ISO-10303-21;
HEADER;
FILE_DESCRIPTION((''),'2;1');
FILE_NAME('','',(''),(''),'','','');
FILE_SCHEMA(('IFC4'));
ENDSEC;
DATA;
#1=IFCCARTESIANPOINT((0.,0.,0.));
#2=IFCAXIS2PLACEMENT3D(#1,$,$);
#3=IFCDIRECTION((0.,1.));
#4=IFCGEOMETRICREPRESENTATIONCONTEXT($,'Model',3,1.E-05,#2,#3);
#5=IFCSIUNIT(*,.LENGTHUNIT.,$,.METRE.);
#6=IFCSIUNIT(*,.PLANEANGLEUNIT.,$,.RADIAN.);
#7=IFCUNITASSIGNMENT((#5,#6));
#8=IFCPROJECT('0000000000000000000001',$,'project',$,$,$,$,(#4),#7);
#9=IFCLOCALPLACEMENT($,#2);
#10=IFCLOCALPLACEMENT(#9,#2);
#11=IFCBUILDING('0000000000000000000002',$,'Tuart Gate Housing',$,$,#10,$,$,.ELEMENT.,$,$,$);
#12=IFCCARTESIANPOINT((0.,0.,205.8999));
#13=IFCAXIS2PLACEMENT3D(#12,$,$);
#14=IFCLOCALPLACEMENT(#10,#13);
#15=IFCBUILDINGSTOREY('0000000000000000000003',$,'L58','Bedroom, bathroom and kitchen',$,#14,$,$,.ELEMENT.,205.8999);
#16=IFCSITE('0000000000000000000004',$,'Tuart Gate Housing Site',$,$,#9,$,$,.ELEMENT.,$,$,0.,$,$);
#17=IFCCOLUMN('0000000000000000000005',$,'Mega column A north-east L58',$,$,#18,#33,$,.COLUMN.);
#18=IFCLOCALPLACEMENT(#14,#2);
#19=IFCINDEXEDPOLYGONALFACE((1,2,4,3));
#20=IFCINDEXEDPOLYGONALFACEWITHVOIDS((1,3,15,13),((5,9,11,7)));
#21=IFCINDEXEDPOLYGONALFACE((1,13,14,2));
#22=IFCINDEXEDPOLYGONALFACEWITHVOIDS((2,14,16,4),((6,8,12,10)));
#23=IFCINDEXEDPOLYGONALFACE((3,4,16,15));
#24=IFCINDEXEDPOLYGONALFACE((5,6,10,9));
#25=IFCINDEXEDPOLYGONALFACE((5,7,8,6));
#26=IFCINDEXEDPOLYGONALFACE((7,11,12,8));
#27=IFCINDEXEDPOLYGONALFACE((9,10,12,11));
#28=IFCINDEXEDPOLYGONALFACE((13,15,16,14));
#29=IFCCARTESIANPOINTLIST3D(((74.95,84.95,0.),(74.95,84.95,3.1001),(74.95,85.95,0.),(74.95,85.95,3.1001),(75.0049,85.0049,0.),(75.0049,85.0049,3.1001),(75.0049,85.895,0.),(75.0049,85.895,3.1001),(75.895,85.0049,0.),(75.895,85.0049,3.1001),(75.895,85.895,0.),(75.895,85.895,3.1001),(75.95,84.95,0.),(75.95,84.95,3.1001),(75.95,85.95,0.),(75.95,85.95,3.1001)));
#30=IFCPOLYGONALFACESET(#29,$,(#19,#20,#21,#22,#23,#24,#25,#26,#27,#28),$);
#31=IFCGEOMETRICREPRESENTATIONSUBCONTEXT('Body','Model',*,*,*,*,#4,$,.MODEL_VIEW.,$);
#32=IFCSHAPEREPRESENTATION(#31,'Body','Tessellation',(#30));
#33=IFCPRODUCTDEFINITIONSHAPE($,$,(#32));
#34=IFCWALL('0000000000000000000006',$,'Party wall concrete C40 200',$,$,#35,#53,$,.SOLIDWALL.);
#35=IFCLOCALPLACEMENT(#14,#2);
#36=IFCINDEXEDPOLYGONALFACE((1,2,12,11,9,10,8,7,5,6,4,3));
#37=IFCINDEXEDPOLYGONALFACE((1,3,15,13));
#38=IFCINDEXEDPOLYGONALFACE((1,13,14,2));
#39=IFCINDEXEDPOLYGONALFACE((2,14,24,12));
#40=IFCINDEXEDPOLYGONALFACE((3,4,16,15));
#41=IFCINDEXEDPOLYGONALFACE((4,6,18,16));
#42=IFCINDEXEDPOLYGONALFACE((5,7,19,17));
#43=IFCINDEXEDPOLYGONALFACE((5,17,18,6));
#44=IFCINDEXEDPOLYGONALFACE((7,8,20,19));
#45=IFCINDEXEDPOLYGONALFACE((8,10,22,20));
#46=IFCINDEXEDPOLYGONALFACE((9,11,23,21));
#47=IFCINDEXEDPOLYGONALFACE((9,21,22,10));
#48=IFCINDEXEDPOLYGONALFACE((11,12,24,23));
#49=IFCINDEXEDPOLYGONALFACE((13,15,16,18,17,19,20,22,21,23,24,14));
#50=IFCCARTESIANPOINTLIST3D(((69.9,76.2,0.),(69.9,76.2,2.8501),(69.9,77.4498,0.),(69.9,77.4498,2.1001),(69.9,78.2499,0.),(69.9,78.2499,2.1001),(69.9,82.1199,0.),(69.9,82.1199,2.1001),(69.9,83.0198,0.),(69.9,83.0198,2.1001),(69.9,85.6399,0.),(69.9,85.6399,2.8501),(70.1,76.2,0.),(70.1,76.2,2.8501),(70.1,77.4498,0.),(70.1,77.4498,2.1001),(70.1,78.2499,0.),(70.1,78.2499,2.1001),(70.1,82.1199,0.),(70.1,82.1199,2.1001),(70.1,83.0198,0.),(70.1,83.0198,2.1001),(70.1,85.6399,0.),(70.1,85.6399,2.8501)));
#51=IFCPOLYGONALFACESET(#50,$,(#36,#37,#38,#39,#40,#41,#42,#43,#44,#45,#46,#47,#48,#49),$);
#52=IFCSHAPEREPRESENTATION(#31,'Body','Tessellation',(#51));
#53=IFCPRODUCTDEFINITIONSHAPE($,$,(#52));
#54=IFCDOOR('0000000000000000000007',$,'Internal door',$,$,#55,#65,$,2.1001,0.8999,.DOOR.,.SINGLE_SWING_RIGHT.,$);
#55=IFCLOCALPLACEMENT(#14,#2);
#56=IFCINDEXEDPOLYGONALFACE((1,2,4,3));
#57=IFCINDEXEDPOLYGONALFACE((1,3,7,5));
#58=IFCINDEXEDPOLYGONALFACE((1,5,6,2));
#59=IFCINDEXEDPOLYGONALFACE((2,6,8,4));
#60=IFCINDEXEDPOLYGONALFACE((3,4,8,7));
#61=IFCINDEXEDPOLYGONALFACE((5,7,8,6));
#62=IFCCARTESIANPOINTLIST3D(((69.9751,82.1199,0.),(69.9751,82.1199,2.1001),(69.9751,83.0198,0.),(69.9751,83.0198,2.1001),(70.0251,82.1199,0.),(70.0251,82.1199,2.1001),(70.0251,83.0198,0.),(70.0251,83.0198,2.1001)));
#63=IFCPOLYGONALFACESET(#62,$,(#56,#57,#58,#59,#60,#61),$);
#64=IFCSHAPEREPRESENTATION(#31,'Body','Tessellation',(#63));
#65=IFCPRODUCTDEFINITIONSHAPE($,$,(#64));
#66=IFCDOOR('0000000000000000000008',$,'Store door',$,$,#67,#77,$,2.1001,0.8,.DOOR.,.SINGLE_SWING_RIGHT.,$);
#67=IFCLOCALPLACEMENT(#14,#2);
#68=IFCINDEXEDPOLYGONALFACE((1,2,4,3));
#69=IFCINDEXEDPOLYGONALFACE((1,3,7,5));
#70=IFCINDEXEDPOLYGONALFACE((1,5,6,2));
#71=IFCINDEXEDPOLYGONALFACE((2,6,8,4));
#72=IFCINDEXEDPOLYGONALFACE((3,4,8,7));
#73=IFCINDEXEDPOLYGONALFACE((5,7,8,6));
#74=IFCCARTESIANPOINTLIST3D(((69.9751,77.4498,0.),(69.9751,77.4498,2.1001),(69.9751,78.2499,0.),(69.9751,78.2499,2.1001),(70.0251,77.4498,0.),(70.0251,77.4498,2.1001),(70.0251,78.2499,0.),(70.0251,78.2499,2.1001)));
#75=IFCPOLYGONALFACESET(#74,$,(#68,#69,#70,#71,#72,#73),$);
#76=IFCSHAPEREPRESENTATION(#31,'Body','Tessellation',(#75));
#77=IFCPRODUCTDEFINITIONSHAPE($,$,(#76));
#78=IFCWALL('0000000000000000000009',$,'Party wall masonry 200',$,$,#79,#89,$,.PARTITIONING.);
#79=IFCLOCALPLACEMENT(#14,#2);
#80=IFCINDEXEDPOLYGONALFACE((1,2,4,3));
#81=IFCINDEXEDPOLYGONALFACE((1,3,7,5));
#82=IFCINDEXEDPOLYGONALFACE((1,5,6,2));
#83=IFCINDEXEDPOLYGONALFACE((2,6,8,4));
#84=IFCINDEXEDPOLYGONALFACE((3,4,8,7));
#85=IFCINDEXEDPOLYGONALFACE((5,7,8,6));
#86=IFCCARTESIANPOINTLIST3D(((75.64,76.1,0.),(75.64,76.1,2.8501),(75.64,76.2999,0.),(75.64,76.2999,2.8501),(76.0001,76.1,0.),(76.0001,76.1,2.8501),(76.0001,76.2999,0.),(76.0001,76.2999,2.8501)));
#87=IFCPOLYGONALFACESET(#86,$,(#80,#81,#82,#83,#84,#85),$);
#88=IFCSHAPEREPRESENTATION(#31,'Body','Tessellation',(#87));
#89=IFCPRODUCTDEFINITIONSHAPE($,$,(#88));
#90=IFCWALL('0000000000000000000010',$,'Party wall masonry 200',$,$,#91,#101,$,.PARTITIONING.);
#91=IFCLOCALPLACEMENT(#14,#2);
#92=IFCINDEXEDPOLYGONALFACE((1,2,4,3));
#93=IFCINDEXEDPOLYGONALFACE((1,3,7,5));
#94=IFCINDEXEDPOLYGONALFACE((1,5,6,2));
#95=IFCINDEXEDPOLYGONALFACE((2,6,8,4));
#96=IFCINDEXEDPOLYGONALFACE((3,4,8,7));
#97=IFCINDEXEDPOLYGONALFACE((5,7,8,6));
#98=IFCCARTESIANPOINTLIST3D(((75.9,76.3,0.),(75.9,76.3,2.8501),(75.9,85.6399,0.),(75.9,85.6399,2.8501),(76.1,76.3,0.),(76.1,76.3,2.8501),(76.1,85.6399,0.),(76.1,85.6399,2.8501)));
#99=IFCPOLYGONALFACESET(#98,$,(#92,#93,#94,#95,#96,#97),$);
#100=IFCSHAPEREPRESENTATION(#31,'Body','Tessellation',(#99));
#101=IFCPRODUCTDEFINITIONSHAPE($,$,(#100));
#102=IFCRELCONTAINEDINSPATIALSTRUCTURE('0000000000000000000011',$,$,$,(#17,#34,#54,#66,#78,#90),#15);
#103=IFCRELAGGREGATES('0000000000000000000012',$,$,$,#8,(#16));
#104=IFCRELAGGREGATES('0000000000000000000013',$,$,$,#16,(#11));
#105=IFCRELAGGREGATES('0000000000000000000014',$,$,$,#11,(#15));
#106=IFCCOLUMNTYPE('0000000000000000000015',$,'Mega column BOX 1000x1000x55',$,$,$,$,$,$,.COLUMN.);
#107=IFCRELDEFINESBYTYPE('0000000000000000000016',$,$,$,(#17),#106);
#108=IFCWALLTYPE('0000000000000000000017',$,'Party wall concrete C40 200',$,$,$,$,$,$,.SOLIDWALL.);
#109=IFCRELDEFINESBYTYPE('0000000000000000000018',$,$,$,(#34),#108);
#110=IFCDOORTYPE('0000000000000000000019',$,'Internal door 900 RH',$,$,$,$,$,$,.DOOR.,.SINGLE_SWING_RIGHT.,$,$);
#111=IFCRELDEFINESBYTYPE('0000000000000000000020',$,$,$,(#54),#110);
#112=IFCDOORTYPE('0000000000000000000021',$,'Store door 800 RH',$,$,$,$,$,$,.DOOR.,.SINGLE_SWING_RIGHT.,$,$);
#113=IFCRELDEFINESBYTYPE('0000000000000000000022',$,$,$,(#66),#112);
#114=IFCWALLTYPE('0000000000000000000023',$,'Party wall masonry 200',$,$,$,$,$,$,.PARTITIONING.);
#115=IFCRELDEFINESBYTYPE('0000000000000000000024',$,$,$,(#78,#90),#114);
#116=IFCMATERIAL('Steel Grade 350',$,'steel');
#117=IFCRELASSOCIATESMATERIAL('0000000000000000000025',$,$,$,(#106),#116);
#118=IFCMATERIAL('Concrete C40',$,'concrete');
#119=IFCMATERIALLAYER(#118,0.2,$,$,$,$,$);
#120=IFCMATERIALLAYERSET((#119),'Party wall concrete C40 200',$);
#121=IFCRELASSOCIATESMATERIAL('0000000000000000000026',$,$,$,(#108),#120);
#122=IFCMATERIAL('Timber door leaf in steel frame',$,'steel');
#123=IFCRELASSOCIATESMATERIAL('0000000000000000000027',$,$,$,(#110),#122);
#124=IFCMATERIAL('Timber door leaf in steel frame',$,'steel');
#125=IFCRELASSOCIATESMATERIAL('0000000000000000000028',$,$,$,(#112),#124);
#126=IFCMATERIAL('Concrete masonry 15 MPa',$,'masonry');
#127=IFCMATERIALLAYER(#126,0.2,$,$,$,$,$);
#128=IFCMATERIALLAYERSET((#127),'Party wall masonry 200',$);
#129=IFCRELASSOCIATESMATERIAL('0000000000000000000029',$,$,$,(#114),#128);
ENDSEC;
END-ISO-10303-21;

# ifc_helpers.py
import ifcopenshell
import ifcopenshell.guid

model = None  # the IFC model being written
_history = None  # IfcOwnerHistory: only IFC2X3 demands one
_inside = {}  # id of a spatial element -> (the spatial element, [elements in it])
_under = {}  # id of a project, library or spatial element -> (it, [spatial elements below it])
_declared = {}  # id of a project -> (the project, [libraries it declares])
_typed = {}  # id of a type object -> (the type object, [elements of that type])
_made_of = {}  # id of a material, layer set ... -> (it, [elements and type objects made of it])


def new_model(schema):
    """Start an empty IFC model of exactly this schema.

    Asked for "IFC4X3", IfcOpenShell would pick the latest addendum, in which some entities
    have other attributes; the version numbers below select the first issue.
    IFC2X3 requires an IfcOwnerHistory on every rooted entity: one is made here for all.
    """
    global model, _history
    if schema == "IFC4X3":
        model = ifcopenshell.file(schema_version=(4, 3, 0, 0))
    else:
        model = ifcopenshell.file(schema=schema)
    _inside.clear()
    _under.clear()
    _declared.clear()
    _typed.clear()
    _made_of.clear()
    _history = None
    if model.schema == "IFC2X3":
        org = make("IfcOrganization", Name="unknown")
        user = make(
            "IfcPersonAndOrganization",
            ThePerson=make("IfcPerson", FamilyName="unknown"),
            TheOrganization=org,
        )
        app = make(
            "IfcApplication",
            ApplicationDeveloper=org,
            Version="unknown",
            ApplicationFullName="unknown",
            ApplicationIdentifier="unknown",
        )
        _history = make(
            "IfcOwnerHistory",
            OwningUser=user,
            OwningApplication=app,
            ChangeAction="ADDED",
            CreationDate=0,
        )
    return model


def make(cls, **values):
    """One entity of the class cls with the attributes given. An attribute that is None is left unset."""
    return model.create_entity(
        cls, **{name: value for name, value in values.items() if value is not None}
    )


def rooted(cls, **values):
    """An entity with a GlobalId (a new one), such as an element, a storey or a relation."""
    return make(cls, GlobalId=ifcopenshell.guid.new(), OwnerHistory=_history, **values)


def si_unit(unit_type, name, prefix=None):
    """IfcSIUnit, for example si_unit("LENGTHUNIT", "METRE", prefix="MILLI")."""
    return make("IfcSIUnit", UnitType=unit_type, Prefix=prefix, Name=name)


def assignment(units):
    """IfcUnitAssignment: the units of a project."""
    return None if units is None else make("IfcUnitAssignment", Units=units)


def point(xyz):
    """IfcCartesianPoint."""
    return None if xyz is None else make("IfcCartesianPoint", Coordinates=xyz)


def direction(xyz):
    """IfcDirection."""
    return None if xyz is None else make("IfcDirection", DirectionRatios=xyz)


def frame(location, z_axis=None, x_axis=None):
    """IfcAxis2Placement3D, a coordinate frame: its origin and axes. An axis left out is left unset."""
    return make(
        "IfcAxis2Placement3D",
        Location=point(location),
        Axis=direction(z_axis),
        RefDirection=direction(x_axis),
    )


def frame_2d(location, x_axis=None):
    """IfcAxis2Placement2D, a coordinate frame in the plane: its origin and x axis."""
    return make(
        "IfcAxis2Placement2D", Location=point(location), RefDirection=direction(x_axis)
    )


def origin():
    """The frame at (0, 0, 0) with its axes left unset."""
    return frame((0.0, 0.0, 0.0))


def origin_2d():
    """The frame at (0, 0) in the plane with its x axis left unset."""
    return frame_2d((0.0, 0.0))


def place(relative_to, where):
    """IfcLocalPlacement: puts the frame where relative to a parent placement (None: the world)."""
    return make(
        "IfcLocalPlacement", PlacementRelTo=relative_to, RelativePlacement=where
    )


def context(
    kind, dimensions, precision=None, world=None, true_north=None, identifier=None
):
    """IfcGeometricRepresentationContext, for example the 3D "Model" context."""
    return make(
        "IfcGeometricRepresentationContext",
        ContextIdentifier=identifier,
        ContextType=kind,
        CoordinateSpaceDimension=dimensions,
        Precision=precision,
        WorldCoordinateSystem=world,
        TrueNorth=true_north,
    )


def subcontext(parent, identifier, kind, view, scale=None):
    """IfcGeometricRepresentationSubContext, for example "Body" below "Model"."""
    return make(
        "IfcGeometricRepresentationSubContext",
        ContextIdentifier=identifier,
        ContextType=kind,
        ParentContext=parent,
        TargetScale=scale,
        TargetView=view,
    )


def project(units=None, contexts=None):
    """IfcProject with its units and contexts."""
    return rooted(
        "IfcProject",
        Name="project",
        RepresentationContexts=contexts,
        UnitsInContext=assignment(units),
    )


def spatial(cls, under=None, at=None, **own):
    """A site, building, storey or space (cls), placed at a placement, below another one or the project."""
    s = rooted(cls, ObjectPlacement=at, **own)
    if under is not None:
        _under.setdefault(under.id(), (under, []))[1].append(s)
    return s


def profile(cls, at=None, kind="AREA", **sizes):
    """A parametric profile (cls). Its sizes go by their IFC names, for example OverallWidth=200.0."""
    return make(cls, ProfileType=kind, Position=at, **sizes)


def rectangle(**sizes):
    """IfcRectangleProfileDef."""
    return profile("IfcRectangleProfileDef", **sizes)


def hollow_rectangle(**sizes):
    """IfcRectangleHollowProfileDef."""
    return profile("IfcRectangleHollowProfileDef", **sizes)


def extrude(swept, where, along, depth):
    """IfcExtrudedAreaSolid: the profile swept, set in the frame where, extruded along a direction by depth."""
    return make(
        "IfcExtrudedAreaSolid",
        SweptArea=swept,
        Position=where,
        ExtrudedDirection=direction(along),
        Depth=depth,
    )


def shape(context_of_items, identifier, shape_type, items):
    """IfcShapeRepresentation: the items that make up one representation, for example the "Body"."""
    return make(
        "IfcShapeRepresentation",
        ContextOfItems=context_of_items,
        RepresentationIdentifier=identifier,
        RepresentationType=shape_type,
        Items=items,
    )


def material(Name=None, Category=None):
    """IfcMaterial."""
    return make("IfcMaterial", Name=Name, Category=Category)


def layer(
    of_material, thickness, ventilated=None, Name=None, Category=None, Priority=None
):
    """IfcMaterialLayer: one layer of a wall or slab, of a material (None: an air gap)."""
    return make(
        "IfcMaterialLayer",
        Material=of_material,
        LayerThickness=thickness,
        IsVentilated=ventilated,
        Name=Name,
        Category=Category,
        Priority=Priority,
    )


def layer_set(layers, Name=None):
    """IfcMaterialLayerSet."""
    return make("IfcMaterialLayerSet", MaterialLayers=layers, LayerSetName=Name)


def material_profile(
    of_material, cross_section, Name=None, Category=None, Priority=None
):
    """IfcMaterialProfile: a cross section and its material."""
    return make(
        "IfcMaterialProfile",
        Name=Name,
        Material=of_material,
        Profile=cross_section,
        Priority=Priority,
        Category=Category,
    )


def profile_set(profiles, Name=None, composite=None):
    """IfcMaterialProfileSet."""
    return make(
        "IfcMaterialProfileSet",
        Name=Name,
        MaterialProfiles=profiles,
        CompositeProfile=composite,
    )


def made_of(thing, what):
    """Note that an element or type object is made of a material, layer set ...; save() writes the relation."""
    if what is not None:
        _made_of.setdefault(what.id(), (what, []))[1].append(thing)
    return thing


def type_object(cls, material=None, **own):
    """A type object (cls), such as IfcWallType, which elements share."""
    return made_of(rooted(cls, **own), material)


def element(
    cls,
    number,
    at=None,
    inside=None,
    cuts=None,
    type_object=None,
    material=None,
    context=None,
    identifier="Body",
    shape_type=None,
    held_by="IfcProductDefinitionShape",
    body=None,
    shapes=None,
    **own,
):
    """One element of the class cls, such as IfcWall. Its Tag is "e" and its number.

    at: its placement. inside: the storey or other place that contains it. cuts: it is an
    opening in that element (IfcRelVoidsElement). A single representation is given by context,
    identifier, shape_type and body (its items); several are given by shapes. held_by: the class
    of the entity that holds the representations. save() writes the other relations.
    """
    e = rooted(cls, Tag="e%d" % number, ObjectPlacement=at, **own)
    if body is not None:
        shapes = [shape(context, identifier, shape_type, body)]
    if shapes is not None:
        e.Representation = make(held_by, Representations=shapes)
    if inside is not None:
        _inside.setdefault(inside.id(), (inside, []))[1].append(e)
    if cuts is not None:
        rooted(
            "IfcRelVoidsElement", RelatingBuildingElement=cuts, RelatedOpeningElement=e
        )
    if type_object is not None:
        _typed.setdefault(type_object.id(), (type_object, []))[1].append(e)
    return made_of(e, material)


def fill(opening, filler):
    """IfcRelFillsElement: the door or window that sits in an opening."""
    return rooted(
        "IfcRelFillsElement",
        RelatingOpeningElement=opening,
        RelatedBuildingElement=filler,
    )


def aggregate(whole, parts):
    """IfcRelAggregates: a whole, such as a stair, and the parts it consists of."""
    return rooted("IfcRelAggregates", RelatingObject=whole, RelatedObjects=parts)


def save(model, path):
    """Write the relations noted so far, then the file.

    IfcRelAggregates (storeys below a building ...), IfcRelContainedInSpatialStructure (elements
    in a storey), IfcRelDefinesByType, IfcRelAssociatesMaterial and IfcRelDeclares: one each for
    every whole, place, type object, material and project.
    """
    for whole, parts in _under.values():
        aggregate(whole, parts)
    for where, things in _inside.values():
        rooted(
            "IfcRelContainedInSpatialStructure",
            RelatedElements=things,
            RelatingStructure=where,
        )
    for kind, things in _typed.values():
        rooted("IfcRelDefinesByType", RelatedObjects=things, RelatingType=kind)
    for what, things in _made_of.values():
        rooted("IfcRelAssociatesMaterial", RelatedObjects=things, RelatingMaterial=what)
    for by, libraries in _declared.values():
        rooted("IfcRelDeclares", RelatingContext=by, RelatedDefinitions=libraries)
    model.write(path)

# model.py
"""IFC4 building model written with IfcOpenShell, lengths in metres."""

from ifc_helpers import new_model, si_unit, direction, frame, frame_2d, origin, origin_2d, place, context, subcontext, project, spatial, rectangle, hollow_rectangle, extrude, material, layer, layer_set, material_profile, profile_set, type_object, element, fill, save


model = new_model("IFC4")

# Units and contexts
model_context = context("Model", 3, precision=1e-05, world=origin(), true_north=direction((0.0, 1.0)))
body_context = subcontext(model_context, "Body", "Model", "MODEL_VIEW")
ifc_project = project(units=[si_unit("LENGTHUNIT", "METRE"), si_unit("PLANEANGLEUNIT", "RADIAN")], contexts=[model_context])

# Site, building, storey
site_placement = place(None, origin())
site = spatial("IfcSite", under=ifc_project, at=site_placement, Name="Tuart Gate Housing Site", CompositionType="ELEMENT", RefElevation=0.0)
building_placement = place(site_placement, origin())
building = spatial("IfcBuilding", under=site, at=building_placement, Name="Tuart Gate Housing", CompositionType="ELEMENT")
storey_placement = place(building_placement, frame((0.0, 0.0, 205.8999)))
storey = spatial("IfcBuildingStorey", under=building, at=storey_placement, Name="L58", Description="Bedroom, bathroom and kitchen", CompositionType="ELEMENT", Elevation=205.8999)

# Column
ifc_material_1 = material(Name="Steel Grade 350", Category="steel")
ifc_material_profile = material_profile(ifc_material_1, hollow_rectangle(XDim=1.0, YDim=1.0, WallThickness=0.0549, at=origin_2d()), Name="BOX 1000x1000x55")
ifc_profile_set = profile_set([ifc_material_profile], Name="Steel Grade 350")
column_type = type_object("IfcColumnType", Name="Mega column BOX 1000x1000x55", PredefinedType="COLUMN", material=ifc_profile_set)
column_placement = place(storey_placement, frame((75.45, 85.45, 0.0), z_axis=(0.0, 0.0, 1.0), x_axis=(1.0, 0.0, 0.0)))
element("IfcColumn", 1, at=column_placement, inside=storey, type_object=column_type, Name="Mega column A north-east L58", PredefinedType="COLUMN", context=body_context, shape_type="SweptSolid", body=[
    extrude(hollow_rectangle(XDim=1.0, YDim=1.0, WallThickness=0.0549, at=origin_2d()), origin(), (0.0, 0.0, 1.0), 3.1001),
])

# Wall, openings, doors
ifc_material_2 = material(Name="Concrete C40", Category="concrete")
ifc_layer_1 = layer(ifc_material_2, 0.2)
ifc_layer_set_1 = layer_set([ifc_layer_1], Name="Party wall concrete C40 200")
wall_type_1 = type_object("IfcWallType", Name="Party wall concrete C40 200", PredefinedType="SOLIDWALL", material=ifc_layer_set_1)
wall_1_placement = place(storey_placement, frame((70.0, 76.2, 0.0), z_axis=(0.0, 0.0, 1.0), x_axis=(0.0, 1.0, 0.0)))
wall_1 = element("IfcWall", 2, at=wall_1_placement, inside=storey, type_object=wall_type_1, Name="Party wall concrete C40 200", PredefinedType="SOLIDWALL", context=body_context, shape_type="SweptSolid", body=[
    extrude(rectangle(XDim=9.4399, YDim=0.2, at=frame_2d((4.72, 0.0))), origin(), (0.0, 0.0, 1.0), 2.8501),
])
opening_1_placement = place(wall_1_placement, frame((5.9199, 0.0, 0.0)))
opening_1 = element("IfcOpeningElement", 3, at=opening_1_placement, cuts=wall_1, PredefinedType="OPENING", context=body_context, shape_type="SweptSolid", body=[
    extrude(rectangle(XDim=0.8999, YDim=2.1001, at=frame_2d((0.45, 1.05))), frame((0.0, 0.1099, 0.0), z_axis=(0.0, -1.0, 0.0), x_axis=(1.0, 0.0, 0.0)), (0.0, 0.0, 1.0), 0.22),
])
opening_2_placement = place(wall_1_placement, frame((1.25, 0.0, 0.0)))
opening_2 = element("IfcOpeningElement", 4, at=opening_2_placement, cuts=wall_1, PredefinedType="OPENING", context=body_context, shape_type="SweptSolid", body=[
    extrude(rectangle(XDim=0.8, YDim=2.1001, at=frame_2d((0.3999, 1.05))), frame((0.0, 0.1099, 0.0), z_axis=(0.0, -1.0, 0.0), x_axis=(1.0, 0.0, 0.0)), (0.0, 0.0, 1.0), 0.22),
])
ifc_material_3 = material(Name="Timber door leaf in steel frame", Category="steel")
door_type_1 = type_object("IfcDoorType", Name="Internal door 900 RH", OperationType="SINGLE_SWING_RIGHT", PredefinedType="DOOR", material=ifc_material_3)
door_1_placement = place(opening_1_placement, frame((0.8999, 0.0, 0.0), z_axis=(0.0, 0.0, 1.0), x_axis=(-1.0, 0.0, 0.0)))
door_1 = element("IfcDoor", 5, at=door_1_placement, inside=storey, type_object=door_type_1, Name="Internal door", OperationType="SINGLE_SWING_RIGHT", OverallHeight=2.1001, OverallWidth=0.8999, PredefinedType="DOOR", context=body_context, shape_type="SweptSolid", body=[
    extrude(rectangle(XDim=0.8999, YDim=2.1001, at=frame_2d((0.45, 1.05))), frame((0.0, 0.0251, 0.0), z_axis=(0.0, -1.0, 0.0), x_axis=(1.0, 0.0, 0.0)), (0.0, 0.0, 1.0), 0.05),
])
fill(opening_1, door_1)
ifc_material_4 = material(Name="Timber door leaf in steel frame", Category="steel")
door_type_2 = type_object("IfcDoorType", Name="Store door 800 RH", OperationType="SINGLE_SWING_RIGHT", PredefinedType="DOOR", material=ifc_material_4)
door_2_placement = place(opening_2_placement, frame((0.8, 0.0, 0.0), z_axis=(0.0, 0.0, 1.0), x_axis=(-1.0, 0.0, 0.0)))
door_2 = element("IfcDoor", 6, at=door_2_placement, inside=storey, type_object=door_type_2, Name="Store door", OperationType="SINGLE_SWING_RIGHT", OverallHeight=2.1001, OverallWidth=0.8, PredefinedType="DOOR", context=body_context, shape_type="SweptSolid", body=[
    extrude(rectangle(XDim=0.8, YDim=2.1001, at=frame_2d((0.4001, 1.05))), frame((0.0, 0.0251, 0.0), z_axis=(0.0, -1.0, 0.0), x_axis=(1.0, 0.0, 0.0)), (0.0, 0.0, 1.0), 0.05),
])
fill(opening_2, door_2)

# Walls
ifc_material_5 = material(Name="Concrete masonry 15 MPa", Category="masonry")
ifc_layer_2 = layer(ifc_material_5, 0.2)
ifc_layer_set_2 = layer_set([ifc_layer_2], Name="Party wall masonry 200")
wall_type_2 = type_object("IfcWallType", Name="Party wall masonry 200", PredefinedType="PARTITIONING", material=ifc_layer_set_2)
wall_2_placement = place(storey_placement, frame((75.6399, 76.2, 0.0), z_axis=(0.0, 0.0, 1.0), x_axis=(1.0, 0.0, 0.0)))
element("IfcWall", 7, at=wall_2_placement, inside=storey, type_object=wall_type_2, Name="Party wall masonry 200", PredefinedType="PARTITIONING", context=body_context, shape_type="SweptSolid", body=[
    extrude(rectangle(XDim=0.3601, YDim=0.2, at=frame_2d((0.1802, 0.0))), origin(), (0.0, 0.0, 1.0), 2.8501),
])
wall_3_placement = place(storey_placement, frame((76.0, 76.3, 0.0), z_axis=(0.0, 0.0, 1.0), x_axis=(0.0, 1.0, 0.0)))
element("IfcWall", 8, at=wall_3_placement, inside=storey, type_object=wall_type_2, Name="Party wall masonry 200", PredefinedType="PARTITIONING", context=body_context, shape_type="SweptSolid", body=[
    extrude(rectangle(XDim=9.3398, YDim=0.2, at=frame_2d((4.6699, 0.0))), origin(), (0.0, 0.0, 1.0), 2.8501),
])

save(model, "model.ifc")
